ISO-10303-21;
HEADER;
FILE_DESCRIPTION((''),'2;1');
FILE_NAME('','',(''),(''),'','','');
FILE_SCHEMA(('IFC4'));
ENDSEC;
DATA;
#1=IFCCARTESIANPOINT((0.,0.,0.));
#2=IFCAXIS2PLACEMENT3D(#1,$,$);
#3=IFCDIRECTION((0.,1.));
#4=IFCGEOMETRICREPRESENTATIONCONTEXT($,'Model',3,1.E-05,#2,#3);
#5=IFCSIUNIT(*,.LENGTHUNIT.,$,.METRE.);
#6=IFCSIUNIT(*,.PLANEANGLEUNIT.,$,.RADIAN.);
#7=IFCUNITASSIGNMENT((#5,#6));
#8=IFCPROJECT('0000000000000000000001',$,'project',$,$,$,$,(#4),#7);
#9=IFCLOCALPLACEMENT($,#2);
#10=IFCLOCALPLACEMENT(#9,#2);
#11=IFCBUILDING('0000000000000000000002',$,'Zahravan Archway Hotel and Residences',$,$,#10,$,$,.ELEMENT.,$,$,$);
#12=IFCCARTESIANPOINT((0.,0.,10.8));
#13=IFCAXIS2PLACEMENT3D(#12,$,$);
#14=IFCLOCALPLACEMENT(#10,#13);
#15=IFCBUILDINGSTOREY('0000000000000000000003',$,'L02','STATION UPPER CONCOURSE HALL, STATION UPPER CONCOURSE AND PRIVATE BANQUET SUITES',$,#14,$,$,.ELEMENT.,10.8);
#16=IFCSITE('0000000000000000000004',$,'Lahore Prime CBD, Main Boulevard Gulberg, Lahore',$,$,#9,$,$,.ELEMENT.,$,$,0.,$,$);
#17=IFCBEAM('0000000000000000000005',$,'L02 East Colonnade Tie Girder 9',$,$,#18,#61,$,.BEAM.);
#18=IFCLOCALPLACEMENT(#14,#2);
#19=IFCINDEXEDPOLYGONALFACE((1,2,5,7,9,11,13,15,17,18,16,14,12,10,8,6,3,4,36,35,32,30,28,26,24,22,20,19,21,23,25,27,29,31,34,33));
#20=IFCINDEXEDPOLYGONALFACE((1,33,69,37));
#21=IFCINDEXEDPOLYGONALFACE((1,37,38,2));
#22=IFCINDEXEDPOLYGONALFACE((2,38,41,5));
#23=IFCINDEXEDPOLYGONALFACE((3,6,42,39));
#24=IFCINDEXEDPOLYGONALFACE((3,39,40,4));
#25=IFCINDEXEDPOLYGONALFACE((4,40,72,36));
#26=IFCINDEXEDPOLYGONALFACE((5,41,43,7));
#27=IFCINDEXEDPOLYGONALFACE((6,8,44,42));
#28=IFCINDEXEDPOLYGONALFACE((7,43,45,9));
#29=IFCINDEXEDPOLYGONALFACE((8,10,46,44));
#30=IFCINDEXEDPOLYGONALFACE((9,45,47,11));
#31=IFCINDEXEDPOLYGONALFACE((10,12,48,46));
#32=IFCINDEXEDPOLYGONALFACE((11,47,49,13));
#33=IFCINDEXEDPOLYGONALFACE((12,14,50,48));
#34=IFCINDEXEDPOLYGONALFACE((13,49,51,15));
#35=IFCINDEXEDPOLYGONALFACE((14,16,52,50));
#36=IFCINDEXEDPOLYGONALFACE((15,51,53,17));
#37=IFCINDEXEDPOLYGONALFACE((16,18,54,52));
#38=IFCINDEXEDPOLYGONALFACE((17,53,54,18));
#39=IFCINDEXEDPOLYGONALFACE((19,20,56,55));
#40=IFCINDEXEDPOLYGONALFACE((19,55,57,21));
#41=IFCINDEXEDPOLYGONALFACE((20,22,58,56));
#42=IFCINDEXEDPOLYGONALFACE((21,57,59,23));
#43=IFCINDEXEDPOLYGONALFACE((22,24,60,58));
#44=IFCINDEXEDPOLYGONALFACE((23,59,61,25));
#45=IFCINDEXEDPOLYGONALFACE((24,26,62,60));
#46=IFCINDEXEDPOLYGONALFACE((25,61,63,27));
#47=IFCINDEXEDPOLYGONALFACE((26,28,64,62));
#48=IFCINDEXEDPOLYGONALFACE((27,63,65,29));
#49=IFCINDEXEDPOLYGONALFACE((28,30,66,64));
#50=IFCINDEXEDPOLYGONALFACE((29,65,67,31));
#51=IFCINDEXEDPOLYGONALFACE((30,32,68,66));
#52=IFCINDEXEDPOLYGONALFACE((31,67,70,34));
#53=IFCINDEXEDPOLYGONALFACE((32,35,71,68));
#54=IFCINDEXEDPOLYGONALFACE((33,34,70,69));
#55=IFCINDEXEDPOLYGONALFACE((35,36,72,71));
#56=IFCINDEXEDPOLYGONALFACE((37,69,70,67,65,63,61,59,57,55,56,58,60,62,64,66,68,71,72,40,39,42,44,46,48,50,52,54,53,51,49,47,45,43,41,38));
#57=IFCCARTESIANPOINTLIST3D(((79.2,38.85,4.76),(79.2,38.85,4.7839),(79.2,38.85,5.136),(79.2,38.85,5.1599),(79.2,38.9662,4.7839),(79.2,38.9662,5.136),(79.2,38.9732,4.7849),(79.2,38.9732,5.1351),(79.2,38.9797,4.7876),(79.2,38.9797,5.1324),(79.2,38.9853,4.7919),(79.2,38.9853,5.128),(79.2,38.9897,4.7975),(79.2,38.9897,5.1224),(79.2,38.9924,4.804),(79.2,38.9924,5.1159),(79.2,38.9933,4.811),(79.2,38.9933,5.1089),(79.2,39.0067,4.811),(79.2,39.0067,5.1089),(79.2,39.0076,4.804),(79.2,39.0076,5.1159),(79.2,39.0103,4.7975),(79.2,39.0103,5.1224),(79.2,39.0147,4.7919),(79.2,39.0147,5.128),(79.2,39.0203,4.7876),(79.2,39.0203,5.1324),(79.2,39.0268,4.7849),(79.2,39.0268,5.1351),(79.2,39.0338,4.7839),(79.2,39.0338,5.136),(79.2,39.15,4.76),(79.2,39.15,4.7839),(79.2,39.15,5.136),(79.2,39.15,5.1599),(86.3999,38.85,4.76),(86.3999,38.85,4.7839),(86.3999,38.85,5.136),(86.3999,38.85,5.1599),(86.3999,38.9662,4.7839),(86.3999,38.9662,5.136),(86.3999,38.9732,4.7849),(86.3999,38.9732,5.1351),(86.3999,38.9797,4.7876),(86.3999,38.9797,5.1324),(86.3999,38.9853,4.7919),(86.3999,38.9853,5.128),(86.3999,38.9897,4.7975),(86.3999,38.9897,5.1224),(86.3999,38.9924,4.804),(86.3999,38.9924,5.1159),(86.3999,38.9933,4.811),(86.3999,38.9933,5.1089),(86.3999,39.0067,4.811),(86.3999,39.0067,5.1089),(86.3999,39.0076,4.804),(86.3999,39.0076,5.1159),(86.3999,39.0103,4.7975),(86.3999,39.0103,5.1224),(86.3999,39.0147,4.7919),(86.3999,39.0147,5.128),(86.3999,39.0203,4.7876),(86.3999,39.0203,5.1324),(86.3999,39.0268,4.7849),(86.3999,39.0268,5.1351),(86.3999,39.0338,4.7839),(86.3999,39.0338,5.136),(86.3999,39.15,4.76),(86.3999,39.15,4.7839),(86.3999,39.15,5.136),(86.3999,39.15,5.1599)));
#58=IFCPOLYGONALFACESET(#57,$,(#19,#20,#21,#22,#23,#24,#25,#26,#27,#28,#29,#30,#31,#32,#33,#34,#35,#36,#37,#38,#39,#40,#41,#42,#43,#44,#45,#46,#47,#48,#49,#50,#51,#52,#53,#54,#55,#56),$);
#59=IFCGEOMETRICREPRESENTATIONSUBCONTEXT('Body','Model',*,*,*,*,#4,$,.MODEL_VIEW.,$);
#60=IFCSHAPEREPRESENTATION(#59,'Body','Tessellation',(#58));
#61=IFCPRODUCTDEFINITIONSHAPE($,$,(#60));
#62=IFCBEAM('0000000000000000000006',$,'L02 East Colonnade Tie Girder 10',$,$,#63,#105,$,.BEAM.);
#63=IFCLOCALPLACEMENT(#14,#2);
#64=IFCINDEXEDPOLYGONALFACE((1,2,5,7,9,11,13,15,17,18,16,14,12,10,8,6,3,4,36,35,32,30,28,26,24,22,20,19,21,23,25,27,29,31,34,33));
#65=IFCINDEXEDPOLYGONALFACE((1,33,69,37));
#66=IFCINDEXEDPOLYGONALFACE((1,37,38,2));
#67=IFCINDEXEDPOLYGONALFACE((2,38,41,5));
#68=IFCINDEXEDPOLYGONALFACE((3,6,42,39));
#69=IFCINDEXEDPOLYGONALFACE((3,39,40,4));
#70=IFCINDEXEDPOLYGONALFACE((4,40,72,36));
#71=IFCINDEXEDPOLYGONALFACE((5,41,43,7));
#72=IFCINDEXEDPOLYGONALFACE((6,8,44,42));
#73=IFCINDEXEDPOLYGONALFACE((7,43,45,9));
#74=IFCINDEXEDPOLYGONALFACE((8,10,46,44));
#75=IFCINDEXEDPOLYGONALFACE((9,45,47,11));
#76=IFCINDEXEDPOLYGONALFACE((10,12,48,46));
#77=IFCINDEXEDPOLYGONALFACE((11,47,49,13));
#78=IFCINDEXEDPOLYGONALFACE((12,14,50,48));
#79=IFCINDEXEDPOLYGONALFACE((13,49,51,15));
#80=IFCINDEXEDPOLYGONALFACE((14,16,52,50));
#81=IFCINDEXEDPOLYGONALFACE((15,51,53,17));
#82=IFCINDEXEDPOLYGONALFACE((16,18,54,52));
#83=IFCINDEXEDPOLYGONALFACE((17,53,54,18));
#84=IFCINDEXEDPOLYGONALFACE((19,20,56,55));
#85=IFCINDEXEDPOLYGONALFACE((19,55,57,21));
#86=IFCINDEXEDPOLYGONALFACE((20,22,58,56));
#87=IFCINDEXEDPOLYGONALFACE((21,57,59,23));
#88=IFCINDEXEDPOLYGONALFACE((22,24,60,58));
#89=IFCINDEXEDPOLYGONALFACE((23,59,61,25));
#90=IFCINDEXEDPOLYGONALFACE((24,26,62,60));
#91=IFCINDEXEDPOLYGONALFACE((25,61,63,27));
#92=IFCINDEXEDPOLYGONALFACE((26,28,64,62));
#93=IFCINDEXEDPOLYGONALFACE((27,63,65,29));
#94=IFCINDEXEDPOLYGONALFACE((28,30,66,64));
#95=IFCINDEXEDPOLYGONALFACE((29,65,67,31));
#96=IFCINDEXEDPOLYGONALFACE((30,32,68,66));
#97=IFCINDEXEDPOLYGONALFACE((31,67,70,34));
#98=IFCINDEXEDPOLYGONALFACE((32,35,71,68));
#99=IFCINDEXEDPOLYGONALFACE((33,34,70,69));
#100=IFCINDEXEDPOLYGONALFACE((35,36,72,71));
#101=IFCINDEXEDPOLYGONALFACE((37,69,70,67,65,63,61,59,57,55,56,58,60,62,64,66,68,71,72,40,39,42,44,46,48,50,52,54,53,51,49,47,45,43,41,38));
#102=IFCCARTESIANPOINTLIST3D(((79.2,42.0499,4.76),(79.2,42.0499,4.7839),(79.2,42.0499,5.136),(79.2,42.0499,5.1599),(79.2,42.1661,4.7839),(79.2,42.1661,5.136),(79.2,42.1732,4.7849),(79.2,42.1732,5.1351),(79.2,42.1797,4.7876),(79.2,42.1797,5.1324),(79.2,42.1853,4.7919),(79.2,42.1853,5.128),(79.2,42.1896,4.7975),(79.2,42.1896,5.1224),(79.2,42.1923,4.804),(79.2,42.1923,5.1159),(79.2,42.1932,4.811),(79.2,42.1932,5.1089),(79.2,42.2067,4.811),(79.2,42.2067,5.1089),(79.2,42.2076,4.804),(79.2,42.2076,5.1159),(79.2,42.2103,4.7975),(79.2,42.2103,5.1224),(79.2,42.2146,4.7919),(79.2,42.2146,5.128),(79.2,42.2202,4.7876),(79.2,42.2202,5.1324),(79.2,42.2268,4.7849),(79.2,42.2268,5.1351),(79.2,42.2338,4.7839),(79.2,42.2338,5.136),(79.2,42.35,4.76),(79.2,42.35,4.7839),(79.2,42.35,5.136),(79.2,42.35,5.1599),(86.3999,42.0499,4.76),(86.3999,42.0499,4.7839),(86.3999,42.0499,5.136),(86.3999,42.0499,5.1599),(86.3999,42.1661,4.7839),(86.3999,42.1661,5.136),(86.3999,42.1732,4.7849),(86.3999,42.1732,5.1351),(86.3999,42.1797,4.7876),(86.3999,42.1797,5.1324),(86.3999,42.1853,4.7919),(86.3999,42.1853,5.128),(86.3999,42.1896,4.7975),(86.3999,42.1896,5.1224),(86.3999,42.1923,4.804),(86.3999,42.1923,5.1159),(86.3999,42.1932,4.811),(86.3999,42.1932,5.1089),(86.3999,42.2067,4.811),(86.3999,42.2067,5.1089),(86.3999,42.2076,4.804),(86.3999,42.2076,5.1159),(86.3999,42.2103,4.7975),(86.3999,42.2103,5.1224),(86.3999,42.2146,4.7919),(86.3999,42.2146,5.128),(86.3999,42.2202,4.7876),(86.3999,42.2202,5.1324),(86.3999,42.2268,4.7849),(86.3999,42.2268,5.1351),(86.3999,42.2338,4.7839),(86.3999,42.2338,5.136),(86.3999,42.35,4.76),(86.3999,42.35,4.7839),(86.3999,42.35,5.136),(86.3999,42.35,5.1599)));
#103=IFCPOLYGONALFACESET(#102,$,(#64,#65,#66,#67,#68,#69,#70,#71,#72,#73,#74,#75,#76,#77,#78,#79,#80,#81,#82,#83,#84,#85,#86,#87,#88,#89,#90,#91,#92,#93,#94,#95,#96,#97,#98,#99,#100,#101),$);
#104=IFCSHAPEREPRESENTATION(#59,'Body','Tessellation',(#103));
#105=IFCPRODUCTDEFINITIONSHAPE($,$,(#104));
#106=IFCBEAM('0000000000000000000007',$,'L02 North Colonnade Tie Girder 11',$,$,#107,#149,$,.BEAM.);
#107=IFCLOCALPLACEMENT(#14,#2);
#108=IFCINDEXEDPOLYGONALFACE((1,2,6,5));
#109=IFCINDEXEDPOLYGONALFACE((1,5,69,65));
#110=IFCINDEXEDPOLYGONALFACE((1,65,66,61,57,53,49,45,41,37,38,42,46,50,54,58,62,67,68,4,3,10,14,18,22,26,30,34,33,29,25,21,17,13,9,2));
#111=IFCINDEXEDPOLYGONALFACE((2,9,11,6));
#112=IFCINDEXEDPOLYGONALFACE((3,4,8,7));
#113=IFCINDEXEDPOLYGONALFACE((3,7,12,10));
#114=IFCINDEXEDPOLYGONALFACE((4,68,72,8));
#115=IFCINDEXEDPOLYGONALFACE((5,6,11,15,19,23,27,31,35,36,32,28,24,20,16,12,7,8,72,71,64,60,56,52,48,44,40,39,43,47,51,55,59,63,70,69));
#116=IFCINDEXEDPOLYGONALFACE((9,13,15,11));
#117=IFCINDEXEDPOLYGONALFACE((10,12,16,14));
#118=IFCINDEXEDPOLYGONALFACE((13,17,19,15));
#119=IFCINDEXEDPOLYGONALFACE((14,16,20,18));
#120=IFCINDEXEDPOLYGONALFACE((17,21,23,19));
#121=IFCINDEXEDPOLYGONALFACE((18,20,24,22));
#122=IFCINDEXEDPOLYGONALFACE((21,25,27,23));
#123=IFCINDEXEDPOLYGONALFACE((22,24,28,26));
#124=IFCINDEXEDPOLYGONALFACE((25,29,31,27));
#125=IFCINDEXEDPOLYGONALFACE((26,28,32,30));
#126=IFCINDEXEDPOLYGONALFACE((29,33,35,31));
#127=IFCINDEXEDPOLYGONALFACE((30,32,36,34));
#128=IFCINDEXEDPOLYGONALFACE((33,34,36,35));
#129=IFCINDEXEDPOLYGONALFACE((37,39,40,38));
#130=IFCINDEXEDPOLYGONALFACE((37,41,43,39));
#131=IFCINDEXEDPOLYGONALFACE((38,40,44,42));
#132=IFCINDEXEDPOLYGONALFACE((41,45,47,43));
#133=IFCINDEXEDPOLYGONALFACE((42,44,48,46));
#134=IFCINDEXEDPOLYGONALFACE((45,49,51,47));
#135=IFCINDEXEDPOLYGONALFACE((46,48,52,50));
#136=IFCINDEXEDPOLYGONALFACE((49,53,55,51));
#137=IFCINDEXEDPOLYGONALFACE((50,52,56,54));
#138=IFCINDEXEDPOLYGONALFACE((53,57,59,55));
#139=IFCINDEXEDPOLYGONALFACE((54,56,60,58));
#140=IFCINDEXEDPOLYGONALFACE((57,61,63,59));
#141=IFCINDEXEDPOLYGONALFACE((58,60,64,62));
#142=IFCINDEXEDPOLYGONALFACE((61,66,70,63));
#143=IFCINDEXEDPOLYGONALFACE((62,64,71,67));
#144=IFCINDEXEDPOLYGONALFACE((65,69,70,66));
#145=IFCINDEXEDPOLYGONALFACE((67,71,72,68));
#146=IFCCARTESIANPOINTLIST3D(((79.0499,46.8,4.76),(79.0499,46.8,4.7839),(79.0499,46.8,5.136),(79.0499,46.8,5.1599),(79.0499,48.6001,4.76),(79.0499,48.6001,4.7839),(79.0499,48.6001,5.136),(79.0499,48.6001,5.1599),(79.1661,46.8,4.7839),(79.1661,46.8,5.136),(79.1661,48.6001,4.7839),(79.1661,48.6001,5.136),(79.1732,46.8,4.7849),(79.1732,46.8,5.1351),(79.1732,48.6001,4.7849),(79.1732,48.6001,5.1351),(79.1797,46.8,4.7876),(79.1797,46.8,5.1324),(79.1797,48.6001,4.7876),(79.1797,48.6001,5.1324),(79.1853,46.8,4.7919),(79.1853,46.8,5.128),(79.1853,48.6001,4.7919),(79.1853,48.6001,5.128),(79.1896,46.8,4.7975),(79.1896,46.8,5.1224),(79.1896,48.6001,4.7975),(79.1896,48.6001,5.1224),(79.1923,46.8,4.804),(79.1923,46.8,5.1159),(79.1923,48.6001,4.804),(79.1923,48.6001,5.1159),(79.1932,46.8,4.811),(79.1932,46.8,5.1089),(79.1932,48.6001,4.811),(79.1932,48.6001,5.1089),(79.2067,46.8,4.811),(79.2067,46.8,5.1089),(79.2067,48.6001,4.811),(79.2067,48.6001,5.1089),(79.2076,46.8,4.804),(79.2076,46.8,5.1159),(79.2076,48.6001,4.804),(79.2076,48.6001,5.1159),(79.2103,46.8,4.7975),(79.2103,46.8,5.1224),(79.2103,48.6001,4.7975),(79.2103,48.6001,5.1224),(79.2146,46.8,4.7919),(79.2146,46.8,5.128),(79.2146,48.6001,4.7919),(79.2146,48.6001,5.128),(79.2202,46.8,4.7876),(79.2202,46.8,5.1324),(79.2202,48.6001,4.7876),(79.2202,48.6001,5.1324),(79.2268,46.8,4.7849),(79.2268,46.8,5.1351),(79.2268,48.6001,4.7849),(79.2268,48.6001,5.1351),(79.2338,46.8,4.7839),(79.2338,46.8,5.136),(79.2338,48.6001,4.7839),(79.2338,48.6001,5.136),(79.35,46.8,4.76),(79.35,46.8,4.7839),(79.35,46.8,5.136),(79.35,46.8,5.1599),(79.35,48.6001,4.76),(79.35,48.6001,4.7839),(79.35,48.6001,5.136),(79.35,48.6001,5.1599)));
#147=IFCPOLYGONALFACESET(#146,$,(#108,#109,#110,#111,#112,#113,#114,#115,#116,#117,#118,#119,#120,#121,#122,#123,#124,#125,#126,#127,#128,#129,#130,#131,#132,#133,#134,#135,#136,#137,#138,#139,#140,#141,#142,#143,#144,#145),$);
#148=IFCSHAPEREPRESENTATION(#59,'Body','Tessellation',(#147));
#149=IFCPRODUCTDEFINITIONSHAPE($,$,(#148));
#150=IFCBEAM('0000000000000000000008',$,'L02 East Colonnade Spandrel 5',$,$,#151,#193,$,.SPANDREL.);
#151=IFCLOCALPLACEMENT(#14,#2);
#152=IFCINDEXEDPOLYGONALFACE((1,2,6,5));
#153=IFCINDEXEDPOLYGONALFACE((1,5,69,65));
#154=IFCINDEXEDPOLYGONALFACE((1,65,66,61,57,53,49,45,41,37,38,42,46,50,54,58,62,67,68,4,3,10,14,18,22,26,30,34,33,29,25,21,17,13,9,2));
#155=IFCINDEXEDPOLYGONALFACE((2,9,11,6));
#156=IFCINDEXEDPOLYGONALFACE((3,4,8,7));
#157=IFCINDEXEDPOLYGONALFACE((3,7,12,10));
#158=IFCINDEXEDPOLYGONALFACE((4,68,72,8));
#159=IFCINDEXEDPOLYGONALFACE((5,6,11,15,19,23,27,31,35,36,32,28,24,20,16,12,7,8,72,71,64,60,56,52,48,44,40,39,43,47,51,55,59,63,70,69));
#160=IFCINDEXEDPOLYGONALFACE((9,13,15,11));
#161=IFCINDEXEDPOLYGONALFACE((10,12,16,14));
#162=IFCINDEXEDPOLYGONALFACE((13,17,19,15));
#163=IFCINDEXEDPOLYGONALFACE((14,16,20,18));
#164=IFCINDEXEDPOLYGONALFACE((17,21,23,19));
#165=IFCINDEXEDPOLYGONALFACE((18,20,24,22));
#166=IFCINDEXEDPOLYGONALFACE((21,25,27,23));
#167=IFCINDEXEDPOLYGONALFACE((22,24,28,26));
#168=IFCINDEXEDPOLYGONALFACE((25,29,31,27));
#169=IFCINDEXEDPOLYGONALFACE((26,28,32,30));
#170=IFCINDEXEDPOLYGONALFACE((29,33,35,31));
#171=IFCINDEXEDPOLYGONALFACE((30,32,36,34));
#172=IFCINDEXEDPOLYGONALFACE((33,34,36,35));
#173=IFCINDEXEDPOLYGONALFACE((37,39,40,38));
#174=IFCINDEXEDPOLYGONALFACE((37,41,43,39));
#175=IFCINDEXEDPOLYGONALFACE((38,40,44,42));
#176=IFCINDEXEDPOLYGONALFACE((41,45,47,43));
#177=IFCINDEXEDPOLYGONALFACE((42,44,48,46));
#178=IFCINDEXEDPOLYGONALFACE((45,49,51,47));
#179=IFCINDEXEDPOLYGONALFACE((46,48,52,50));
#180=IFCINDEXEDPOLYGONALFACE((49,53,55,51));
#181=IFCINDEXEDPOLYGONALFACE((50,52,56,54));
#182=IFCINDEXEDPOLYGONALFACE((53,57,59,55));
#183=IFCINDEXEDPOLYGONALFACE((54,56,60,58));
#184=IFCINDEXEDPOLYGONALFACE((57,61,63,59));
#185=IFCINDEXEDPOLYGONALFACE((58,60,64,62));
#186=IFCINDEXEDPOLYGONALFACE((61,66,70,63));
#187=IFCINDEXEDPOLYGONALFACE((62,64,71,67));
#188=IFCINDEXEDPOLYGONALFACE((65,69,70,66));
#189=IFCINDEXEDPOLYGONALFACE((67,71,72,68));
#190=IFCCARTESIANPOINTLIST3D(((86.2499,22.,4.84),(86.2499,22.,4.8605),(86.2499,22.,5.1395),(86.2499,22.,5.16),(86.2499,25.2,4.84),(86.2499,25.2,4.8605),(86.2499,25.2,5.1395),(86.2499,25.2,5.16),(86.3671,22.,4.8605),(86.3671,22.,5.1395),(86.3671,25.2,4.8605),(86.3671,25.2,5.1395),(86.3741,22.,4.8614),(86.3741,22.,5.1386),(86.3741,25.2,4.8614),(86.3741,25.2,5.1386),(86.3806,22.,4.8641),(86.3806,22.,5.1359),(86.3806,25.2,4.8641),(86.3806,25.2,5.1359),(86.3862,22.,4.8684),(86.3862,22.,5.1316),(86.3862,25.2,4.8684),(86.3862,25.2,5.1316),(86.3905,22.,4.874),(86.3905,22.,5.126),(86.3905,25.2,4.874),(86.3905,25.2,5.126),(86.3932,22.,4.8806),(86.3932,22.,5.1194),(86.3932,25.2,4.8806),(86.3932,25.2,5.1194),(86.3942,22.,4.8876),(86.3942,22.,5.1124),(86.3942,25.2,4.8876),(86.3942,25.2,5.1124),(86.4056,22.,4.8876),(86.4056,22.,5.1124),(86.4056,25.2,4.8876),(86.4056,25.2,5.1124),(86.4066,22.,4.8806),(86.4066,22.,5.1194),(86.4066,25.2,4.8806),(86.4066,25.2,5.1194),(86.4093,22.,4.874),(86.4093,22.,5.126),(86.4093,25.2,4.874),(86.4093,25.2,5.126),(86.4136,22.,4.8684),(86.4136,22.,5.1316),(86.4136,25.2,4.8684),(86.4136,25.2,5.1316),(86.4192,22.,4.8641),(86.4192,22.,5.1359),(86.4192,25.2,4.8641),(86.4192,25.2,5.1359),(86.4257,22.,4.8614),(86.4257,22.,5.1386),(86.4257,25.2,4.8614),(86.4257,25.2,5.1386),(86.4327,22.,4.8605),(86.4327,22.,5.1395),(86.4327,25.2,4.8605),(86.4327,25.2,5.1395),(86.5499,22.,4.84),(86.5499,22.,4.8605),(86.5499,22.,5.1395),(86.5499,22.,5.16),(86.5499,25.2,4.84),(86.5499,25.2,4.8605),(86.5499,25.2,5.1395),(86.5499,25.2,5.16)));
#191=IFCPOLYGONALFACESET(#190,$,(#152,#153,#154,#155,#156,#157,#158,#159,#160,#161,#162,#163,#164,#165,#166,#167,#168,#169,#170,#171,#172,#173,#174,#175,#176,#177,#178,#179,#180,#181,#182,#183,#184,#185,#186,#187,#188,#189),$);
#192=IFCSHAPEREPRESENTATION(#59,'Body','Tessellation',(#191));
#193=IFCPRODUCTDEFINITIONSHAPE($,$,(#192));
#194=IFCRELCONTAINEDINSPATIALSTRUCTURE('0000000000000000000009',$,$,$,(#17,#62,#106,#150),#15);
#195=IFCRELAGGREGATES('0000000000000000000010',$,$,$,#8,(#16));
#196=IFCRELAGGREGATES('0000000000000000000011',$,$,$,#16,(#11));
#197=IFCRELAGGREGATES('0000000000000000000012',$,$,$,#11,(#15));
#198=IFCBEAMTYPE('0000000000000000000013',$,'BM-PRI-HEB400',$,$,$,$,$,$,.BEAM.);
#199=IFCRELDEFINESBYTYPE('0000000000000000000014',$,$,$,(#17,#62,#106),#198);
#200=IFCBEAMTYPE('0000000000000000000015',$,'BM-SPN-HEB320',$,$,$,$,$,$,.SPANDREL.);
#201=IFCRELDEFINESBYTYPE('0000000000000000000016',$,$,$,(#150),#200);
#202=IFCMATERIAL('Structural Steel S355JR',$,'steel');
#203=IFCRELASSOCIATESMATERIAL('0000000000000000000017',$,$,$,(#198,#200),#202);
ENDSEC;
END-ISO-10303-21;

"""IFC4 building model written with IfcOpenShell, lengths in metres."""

from ifc_helpers import new_model, si_unit, direction, frame, origin, origin_2d, place, context, subcontext, project, spatial, i_section, extrude, source, transform, mapped, material, material_profile, profile_set, type_object, type_shapes, element, save


model = new_model("IFC4")

# Units and contexts
model_context = context("Model", 3, precision=1e-05, world=origin(), true_north=direction((0.0, 1.0)))
body_context = subcontext(model_context, "Body", "Model", "MODEL_VIEW")
ifc_project = project(units=[si_unit("LENGTHUNIT", "METRE"), si_unit("PLANEANGLEUNIT", "RADIAN")], contexts=[model_context])

# Site, building, storey
site_placement = place(None, origin())
site = spatial("IfcSite", under=ifc_project, at=site_placement, Name="Lahore Prime CBD, Main Boulevard Gulberg, Lahore", CompositionType="ELEMENT", RefElevation=0.0)
building_placement = place(site_placement, origin())
building = spatial("IfcBuilding", under=site, at=building_placement, Name="Zahravan Archway Hotel and Residences", CompositionType="ELEMENT")
storey_placement = place(building_placement, frame((0.0, 0.0, 10.8)))
storey = spatial("IfcBuildingStorey", under=building, at=storey_placement, Name="L02", Description="STATION UPPER CONCOURSE HALL, STATION UPPER CONCOURSE AND PRIVATE BANQUET SUITES", CompositionType="ELEMENT", Elevation=10.8)

# Beams
ifc_material_1 = material(Name="Structural Steel S355JR", Category="steel")
ifc_material_profile_1 = material_profile(ifc_material_1, i_section(OverallWidth=0.3, OverallDepth=0.3999, WebThickness=0.0134, FlangeThickness=0.0239, FilletRadius=0.0271, at=origin_2d()), Name="HEB 400", Category="steel")
ifc_profile_set_1 = profile_set([ifc_material_profile_1], Name="Structural Steel S355JR")
beam_type_1 = type_object("IfcBeamType", Name="BM-PRI-HEB400", PredefinedType="BEAM", material=ifc_profile_set_1)
shared_shape_1 = source(origin(), body_context, "Body", "SweptSolid", [
    extrude(i_section(OverallWidth=0.3, OverallDepth=0.3999, WebThickness=0.0134, FlangeThickness=0.0239, FilletRadius=0.0271, at=origin_2d()), origin(), (0.0, 0.0, 1.0), 7.2),
])
type_shapes(beam_type_1, [shared_shape_1])
for number, where, z_axis, x_axis, name in (
    (1, (79.2, 39.0, 4.96), (1.0, 0.0, 0.0), (0.0, 1.0, 0.0), "L02 East Colonnade Tie Girder 9"),
    (2, (79.2, 42.2, 4.96), (1.0, 0.0, 0.0), (0.0, 1.0, 0.0), "L02 East Colonnade Tie Girder 10"),
):
    element("IfcBeam", number, at=place(storey_placement, frame(where, z_axis=z_axis, x_axis=x_axis)), inside=storey, type_object=beam_type_1, Name=name, PredefinedType="BEAM", context=body_context, shape_type="MappedRepresentation", body=[
        mapped(shared_shape_1, transform((0.0, 0.0, 0.0), scale=1.0)),
    ])
shared_shape_2 = source(origin(), body_context, "Body", "SweptSolid", [
    extrude(i_section(OverallWidth=0.3, OverallDepth=0.3999, WebThickness=0.0134, FlangeThickness=0.0239, FilletRadius=0.0271, at=origin_2d()), origin(), (0.0, 0.0, 1.0), 1.8),
])
beam_1_placement = place(storey_placement, frame((79.2, 46.8, 4.96), z_axis=(0.0, 1.0, 0.0), x_axis=(-1.0, 0.0, 0.0)))
element("IfcBeam", 3, at=beam_1_placement, inside=storey, type_object=beam_type_1, Name="L02 North Colonnade Tie Girder 11", PredefinedType="BEAM", context=body_context, shape_type="MappedRepresentation", body=[
    mapped(shared_shape_2, transform((0.0, 0.0, 0.0), scale=1.0)),
])
ifc_material_profile_2 = material_profile(ifc_material_1, i_section(OverallWidth=0.3, OverallDepth=0.3201, WebThickness=0.0115, FlangeThickness=0.0205, FilletRadius=0.0271, at=origin_2d()), Name="HEB 320", Category="steel")
ifc_profile_set_2 = profile_set([ifc_material_profile_2], Name="Structural Steel S355JR")
beam_type_2 = type_object("IfcBeamType", Name="BM-SPN-HEB320", PredefinedType="SPANDREL", material=ifc_profile_set_2)
shared_shape_3 = source(origin(), body_context, "Body", "SweptSolid", [
    extrude(i_section(OverallWidth=0.3, OverallDepth=0.3201, WebThickness=0.0115, FlangeThickness=0.0205, FilletRadius=0.0271, at=origin_2d()), origin(), (0.0, 0.0, 1.0), 3.2),
])
for number, where, z_axis, x_axis, name in (
    (4, (86.3999, 22.0, 5.0), (0.0, 1.0, 0.0), (-1.0, 0.0, 0.0), "L02 East Colonnade Spandrel 5"),
):
    element("IfcBeam", number, at=place(storey_placement, frame(where, z_axis=z_axis, x_axis=x_axis)), inside=storey, type_object=beam_type_2, Name=name, PredefinedType="SPANDREL", context=body_context, shape_type="MappedRepresentation", body=[
        mapped(shared_shape_3, transform((0.0, 0.0, 0.0), scale=1.0)),
    ])

save(model, "model.ifc")
